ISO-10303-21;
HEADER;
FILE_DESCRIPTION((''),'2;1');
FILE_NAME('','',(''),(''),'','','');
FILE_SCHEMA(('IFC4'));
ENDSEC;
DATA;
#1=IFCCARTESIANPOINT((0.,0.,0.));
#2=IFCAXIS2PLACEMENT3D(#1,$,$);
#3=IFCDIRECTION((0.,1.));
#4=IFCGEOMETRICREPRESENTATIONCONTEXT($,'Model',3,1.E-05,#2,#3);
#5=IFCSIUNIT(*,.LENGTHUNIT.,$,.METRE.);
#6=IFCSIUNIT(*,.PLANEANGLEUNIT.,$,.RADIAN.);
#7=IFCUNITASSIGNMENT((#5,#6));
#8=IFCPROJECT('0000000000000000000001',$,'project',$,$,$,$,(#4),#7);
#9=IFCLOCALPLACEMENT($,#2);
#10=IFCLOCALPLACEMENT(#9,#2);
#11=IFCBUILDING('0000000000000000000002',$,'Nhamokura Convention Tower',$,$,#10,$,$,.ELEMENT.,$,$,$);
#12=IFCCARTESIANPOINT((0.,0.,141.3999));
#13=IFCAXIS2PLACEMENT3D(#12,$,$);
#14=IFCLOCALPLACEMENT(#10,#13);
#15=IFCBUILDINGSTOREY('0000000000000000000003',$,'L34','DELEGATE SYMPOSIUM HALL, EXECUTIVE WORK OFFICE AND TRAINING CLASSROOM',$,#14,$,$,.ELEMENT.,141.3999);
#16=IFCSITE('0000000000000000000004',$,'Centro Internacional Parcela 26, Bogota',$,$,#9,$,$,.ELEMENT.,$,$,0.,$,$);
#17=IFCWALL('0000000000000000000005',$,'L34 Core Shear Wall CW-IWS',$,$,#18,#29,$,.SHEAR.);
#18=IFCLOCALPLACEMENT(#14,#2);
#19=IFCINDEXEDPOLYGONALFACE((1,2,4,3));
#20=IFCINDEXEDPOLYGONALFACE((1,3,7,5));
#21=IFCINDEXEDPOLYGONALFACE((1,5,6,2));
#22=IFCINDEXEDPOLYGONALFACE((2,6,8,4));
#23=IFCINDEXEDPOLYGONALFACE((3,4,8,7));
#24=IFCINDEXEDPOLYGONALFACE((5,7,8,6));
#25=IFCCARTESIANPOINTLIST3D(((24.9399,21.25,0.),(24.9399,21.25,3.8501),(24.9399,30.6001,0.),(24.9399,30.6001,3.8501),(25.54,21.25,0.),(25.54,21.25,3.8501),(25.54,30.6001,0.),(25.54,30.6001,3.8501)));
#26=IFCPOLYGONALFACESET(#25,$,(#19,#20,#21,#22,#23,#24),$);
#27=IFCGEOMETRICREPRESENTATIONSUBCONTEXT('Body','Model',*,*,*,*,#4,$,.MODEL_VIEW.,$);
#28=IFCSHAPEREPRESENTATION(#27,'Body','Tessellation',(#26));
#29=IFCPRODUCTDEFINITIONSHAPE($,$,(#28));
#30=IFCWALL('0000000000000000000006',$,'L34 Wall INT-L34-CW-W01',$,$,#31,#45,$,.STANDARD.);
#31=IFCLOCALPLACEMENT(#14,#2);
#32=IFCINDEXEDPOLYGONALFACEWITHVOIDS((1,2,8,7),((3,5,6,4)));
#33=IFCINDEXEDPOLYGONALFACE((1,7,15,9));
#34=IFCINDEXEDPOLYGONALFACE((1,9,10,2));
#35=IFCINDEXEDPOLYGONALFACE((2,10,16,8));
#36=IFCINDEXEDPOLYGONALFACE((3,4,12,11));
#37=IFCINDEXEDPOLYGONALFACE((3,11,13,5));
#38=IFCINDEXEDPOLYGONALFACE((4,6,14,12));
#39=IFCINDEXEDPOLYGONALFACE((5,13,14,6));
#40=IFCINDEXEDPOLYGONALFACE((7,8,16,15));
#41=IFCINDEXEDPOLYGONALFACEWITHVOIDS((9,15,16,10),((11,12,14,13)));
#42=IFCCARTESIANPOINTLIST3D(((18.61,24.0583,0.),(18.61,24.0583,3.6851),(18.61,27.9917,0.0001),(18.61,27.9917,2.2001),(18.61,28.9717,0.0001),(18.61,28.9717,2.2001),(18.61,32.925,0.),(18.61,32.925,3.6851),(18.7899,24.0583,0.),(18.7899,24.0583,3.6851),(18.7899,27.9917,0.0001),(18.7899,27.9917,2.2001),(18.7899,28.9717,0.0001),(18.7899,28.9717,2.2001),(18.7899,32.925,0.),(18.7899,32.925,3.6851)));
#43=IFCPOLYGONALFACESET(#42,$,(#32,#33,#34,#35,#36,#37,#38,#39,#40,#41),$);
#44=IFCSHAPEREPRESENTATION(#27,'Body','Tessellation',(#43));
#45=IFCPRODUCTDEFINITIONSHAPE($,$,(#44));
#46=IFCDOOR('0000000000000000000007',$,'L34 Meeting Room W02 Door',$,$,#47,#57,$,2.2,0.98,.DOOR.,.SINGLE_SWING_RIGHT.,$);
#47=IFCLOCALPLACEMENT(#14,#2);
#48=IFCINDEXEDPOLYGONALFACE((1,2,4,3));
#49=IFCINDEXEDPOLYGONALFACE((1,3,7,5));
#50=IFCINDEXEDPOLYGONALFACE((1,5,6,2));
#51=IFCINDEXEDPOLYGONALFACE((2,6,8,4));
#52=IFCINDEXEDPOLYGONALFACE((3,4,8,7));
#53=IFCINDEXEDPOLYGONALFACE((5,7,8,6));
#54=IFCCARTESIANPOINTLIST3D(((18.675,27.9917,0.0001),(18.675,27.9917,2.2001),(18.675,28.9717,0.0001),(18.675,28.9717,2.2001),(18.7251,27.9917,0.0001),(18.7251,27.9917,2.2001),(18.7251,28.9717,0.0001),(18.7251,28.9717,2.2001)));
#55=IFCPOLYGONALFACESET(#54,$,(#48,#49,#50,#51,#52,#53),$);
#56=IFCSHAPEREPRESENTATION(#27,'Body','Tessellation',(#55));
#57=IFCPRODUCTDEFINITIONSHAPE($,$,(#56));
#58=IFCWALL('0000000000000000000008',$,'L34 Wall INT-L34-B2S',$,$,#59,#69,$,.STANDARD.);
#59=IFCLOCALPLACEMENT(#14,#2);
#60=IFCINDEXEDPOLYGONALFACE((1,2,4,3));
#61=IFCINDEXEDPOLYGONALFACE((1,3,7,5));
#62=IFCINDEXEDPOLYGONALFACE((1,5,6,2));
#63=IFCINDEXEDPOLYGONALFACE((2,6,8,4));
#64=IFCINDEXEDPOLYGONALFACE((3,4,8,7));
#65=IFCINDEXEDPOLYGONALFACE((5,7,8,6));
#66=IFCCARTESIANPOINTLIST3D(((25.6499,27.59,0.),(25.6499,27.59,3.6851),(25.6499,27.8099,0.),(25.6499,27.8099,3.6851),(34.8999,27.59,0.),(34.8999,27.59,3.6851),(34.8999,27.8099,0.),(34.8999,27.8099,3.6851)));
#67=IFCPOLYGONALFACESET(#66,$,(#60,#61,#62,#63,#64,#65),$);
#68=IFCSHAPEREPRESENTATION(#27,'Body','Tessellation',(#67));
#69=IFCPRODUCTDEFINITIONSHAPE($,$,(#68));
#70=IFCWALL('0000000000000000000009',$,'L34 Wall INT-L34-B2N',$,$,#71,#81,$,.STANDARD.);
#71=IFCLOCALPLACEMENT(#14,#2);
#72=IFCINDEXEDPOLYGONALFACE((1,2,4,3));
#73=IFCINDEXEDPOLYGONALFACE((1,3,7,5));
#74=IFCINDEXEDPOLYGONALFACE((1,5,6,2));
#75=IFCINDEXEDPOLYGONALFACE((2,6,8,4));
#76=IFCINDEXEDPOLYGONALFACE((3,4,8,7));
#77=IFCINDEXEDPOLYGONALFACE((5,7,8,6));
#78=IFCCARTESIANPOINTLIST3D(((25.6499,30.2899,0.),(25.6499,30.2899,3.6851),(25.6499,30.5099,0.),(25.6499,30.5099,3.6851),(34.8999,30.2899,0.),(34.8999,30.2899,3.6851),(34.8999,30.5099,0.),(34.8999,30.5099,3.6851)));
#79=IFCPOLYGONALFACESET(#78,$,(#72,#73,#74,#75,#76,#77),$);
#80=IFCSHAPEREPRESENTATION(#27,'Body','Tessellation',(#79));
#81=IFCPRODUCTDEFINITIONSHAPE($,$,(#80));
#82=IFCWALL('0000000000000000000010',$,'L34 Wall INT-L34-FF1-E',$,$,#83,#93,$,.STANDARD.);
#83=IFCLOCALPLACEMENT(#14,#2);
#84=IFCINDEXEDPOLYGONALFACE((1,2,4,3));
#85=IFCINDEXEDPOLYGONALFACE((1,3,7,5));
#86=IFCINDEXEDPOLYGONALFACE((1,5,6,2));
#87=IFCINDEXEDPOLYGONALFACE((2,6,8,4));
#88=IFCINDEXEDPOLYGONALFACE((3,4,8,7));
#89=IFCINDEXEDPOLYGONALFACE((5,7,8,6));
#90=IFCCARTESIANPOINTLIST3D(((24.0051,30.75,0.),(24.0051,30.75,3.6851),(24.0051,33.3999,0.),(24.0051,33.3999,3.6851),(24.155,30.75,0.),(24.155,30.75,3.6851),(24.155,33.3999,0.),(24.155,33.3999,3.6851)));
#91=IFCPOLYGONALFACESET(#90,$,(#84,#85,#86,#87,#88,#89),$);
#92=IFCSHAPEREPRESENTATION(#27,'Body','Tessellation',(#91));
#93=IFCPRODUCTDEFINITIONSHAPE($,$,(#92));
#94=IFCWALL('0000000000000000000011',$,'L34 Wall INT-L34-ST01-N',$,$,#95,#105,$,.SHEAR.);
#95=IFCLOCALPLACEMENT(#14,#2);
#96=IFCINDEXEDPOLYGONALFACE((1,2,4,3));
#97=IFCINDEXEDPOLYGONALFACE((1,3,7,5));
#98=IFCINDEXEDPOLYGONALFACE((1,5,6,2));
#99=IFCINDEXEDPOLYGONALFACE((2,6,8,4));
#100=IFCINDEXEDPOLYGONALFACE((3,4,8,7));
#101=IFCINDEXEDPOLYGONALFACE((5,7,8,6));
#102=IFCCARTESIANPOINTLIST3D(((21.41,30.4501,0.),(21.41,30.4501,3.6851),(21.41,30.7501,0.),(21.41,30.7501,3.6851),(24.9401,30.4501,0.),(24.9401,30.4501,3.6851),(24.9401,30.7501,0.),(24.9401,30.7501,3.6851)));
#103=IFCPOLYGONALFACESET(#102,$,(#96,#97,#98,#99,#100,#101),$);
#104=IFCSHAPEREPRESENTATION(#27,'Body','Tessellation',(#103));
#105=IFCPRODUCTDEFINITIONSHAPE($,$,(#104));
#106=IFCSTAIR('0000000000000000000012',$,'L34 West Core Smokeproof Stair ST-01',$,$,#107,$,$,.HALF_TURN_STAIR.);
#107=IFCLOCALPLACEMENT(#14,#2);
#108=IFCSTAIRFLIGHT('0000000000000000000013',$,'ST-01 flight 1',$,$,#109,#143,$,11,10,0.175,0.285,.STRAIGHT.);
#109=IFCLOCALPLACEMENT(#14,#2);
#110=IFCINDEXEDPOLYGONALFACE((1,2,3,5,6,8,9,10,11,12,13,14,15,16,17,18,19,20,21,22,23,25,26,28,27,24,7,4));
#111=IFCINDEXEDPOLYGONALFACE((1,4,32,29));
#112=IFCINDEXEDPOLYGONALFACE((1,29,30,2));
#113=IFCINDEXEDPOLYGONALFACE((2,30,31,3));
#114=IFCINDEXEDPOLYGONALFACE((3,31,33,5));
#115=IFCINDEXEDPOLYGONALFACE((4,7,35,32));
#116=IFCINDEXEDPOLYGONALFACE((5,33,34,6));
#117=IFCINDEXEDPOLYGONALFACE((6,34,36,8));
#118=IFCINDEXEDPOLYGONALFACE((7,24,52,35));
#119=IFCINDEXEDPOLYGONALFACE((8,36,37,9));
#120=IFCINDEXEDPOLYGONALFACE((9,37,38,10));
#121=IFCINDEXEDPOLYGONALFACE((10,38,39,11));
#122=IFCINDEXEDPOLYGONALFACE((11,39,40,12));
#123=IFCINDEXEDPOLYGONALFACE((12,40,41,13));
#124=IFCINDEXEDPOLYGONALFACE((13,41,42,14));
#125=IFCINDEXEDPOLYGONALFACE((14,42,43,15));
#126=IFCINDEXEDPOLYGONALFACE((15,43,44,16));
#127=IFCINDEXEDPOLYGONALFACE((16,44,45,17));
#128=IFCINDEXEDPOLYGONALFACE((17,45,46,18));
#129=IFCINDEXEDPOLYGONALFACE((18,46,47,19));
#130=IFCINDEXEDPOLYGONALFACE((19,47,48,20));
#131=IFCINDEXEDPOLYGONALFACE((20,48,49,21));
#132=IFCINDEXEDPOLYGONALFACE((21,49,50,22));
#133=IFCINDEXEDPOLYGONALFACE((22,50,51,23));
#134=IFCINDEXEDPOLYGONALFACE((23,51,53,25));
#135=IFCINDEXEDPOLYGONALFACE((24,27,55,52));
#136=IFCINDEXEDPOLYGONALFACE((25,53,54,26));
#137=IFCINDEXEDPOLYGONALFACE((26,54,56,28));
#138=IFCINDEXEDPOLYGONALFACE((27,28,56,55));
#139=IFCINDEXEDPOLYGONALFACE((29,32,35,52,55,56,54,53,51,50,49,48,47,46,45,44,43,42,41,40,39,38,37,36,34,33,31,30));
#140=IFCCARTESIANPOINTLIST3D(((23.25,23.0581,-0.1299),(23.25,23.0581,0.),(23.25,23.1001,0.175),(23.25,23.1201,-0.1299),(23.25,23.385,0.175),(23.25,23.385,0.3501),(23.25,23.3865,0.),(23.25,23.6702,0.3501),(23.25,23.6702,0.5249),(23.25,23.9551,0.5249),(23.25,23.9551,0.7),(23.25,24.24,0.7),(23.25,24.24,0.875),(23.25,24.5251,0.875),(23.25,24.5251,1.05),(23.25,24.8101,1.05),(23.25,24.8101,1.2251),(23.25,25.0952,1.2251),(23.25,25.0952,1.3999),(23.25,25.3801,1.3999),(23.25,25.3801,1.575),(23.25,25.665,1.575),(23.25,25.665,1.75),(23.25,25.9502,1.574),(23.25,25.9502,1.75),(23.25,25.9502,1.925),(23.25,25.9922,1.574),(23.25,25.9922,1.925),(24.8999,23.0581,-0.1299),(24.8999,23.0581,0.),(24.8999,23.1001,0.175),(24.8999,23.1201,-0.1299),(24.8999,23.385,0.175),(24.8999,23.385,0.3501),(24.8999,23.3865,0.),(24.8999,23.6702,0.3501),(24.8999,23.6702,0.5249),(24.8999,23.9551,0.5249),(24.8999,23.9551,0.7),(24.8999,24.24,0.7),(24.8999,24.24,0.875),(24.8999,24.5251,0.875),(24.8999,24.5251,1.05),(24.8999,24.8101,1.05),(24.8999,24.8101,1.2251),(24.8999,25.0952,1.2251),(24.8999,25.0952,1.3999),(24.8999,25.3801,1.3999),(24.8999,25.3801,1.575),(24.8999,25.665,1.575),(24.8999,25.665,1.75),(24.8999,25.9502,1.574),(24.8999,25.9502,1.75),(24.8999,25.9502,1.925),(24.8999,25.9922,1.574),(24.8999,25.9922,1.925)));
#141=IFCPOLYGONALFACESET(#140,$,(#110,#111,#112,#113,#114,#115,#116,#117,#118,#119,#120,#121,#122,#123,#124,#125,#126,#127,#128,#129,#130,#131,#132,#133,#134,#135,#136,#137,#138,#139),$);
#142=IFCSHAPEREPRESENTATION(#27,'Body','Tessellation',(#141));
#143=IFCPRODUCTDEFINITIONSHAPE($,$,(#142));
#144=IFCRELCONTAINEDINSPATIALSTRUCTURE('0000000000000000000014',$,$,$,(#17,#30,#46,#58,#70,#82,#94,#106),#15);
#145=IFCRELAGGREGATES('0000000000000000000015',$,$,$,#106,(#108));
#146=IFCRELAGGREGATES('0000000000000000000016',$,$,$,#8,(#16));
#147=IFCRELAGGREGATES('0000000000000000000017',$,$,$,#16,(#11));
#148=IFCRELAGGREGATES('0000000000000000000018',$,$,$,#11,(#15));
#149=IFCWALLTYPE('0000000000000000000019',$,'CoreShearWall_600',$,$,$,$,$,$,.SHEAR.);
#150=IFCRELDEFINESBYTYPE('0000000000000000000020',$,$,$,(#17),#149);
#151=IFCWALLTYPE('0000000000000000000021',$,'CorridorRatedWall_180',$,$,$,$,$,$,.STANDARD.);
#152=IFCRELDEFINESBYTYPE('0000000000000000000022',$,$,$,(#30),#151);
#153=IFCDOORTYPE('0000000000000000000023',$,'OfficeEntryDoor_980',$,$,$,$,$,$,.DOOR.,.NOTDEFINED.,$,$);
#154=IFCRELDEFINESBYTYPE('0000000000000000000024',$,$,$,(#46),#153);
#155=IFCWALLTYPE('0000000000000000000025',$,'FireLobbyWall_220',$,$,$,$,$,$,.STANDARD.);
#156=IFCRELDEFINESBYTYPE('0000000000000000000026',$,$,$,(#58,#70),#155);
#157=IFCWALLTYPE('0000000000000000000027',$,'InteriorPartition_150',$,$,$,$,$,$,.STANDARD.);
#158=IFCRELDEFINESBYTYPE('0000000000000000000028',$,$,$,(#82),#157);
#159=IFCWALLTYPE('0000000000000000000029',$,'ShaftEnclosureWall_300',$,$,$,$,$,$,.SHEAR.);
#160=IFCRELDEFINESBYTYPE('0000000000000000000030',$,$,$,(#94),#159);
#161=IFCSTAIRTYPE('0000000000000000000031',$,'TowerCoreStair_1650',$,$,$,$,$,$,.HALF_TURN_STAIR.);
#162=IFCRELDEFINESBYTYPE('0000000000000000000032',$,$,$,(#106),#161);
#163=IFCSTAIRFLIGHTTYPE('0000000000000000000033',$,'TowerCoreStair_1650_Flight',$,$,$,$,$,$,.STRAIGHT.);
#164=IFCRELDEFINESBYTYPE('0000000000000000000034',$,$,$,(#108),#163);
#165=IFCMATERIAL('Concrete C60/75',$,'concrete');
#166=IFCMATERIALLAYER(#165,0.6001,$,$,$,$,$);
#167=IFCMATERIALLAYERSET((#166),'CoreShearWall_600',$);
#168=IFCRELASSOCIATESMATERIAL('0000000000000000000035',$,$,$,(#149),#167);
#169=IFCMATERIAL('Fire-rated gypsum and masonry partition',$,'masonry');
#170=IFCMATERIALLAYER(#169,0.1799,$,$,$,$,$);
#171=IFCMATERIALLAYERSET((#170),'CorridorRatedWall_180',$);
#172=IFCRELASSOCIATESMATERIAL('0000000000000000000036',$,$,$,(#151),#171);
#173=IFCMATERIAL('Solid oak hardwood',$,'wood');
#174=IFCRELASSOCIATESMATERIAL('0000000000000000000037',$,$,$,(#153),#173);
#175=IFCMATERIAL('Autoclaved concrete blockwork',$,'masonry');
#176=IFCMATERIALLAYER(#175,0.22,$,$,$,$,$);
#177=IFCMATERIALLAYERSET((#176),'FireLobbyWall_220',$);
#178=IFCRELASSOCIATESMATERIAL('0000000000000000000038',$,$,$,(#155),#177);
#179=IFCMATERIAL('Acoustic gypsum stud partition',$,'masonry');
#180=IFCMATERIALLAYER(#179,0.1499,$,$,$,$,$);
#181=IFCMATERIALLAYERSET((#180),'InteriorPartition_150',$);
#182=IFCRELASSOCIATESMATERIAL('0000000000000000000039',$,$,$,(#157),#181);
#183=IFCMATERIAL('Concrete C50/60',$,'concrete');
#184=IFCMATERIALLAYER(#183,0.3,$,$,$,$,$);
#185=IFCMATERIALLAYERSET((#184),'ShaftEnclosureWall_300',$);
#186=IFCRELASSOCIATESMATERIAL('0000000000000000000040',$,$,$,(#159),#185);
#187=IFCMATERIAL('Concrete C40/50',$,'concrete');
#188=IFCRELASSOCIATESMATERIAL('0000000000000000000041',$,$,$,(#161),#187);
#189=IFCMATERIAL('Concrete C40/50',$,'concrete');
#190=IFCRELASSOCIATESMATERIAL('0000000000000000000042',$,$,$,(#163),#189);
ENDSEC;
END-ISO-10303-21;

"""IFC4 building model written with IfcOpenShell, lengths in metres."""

from ifc_helpers import new_model, si_unit, direction, frame, frame_2d, origin, place, context, subcontext, project, spatial, polyline, rectangle, outline, extrude, material, layer, layer_set, type_object, element, fill, aggregate, save


model = new_model("IFC4")

# Units and contexts
model_context = context("Model", 3, precision=1e-05, world=origin(), true_north=direction((0.0, 1.0)))
body_context = subcontext(model_context, "Body", "Model", "MODEL_VIEW")
ifc_project = project(units=[si_unit("LENGTHUNIT", "METRE"), si_unit("PLANEANGLEUNIT", "RADIAN")], contexts=[model_context])

# Site, building, storey
site_placement = place(None, origin())
site = spatial("IfcSite", under=ifc_project, at=site_placement, Name="Centro Internacional Parcela 26, Bogota", CompositionType="ELEMENT", RefElevation=0.0)
building_placement = place(site_placement, origin())
building = spatial("IfcBuilding", under=site, at=building_placement, Name="Nhamokura Convention Tower", CompositionType="ELEMENT")
storey_placement = place(building_placement, frame((0.0, 0.0, 141.3999)))
storey = spatial("IfcBuildingStorey", under=building, at=storey_placement, Name="L34", Description="DELEGATE SYMPOSIUM HALL, EXECUTIVE WORK OFFICE AND TRAINING CLASSROOM", CompositionType="ELEMENT", Elevation=141.3999)

# Shared definitions
ifc_material_1 = material(Name="Concrete C60/75", Category="concrete")
ifc_layer_1 = layer(ifc_material_1, 0.6001)
ifc_layer_set_1 = layer_set([ifc_layer_1], Name="CoreShearWall_600")
wall_type_1 = type_object("IfcWallType", Name="CoreShearWall_600", PredefinedType="SHEAR", material=ifc_layer_set_1)

# Wall
wall_1_placement = place(storey_placement, frame((25.24, 21.25, 0.0), z_axis=(0.0, 0.0, 1.0), x_axis=(0.0, 1.0, 0.0)))
element("IfcWall", 1, at=wall_1_placement, inside=storey, type_object=wall_type_1, Name="L34 Core Shear Wall CW-IWS", PredefinedType="SHEAR", context=body_context, shape_type="SweptSolid", body=[
    extrude(rectangle(XDim=9.3501, YDim=0.6001, at=frame_2d((4.675, 0.0))), origin(), (0.0, 0.0, 1.0), 3.8501),
])

# Wall, opening, door
ifc_material_2 = material(Name="Fire-rated gypsum and masonry partition", Category="masonry")
ifc_layer_2 = layer(ifc_material_2, 0.1799)
ifc_layer_set_2 = layer_set([ifc_layer_2], Name="CorridorRatedWall_180")
wall_type_2 = type_object("IfcWallType", Name="CorridorRatedWall_180", PredefinedType="STANDARD", material=ifc_layer_set_2)
wall_2_placement = place(storey_placement, frame((18.7, 24.0583, 0.0), z_axis=(0.0, 0.0, 1.0), x_axis=(0.0, 1.0, 0.0)))
wall_2 = element("IfcWall", 2, at=wall_2_placement, inside=storey, type_object=wall_type_2, Name="L34 Wall INT-L34-CW-W01", PredefinedType="STANDARD", context=body_context, shape_type="SweptSolid", body=[
    extrude(rectangle(XDim=8.8667, YDim=0.1799, at=frame_2d((4.4333, 0.0))), origin(), (0.0, 0.0, 1.0), 3.6851),
])
opening_1_placement = place(wall_2_placement, frame((3.9333, 0.0, 0.0)))
opening_1 = element("IfcOpeningElement", 3, at=opening_1_placement, cuts=wall_2, PredefinedType="OPENING", context=body_context, shape_type="SweptSolid", body=[
    extrude(rectangle(XDim=0.98, YDim=2.2, at=frame_2d((0.49, 1.1001))), frame((0.0, 0.0999, 0.0), z_axis=(0.0, -1.0, 0.0), x_axis=(1.0, 0.0, 0.0)), (0.0, 0.0, 1.0), 0.2),
])
ifc_material_3 = material(Name="Solid oak hardwood", Category="wood")
door_type_1 = type_object("IfcDoorType", Name="OfficeEntryDoor_980", OperationType="NOTDEFINED", PredefinedType="DOOR", material=ifc_material_3)
door_1_placement = place(opening_1_placement, origin())
door_1 = element("IfcDoor", 4, at=door_1_placement, inside=storey, type_object=door_type_1, Name="L34 Meeting Room W02 Door", OperationType="SINGLE_SWING_RIGHT", OverallHeight=2.2, OverallWidth=0.98, PredefinedType="DOOR", context=body_context, shape_type="SweptSolid", body=[
    extrude(rectangle(XDim=0.98, YDim=2.2, at=frame_2d((0.49, 1.1001))), frame((0.0, 0.0249, 0.0), z_axis=(0.0, -1.0, 0.0), x_axis=(1.0, 0.0, 0.0)), (0.0, 0.0, 1.0), 0.05),
])
fill(opening_1, door_1)

# Shared definitions
ifc_material_4 = material(Name="Autoclaved concrete blockwork", Category="masonry")
ifc_layer_3 = layer(ifc_material_4, 0.22)
ifc_layer_set_3 = layer_set([ifc_layer_3], Name="FireLobbyWall_220")
wall_type_3 = type_object("IfcWallType", Name="FireLobbyWall_220", PredefinedType="STANDARD", material=ifc_layer_set_3)

# Walls
for number, where, z_axis, x_axis, name in (
    (5, (25.6499, 27.7, 0.0), (0.0, 0.0, 1.0), (1.0, 0.0, 0.0), "L34 Wall INT-L34-B2S"),
    (6, (25.6499, 30.3999, 0.0), (0.0, 0.0, 1.0), (1.0, 0.0, 0.0), "L34 Wall INT-L34-B2N"),
):
    element("IfcWall", number, at=place(storey_placement, frame(where, z_axis=z_axis, x_axis=x_axis)), inside=storey, type_object=wall_type_3, Name=name, PredefinedType="STANDARD", context=body_context, shape_type="SweptSolid", body=[
        extrude(rectangle(XDim=9.25, YDim=0.22, at=frame_2d((4.625, 0.0))), origin(), (0.0, 0.0, 1.0), 3.6851),
    ])
ifc_material_5 = material(Name="Acoustic gypsum stud partition", Category="masonry")
ifc_layer_4 = layer(ifc_material_5, 0.1499)
ifc_layer_set_4 = layer_set([ifc_layer_4], Name="InteriorPartition_150")
wall_type_4 = type_object("IfcWallType", Name="InteriorPartition_150", PredefinedType="STANDARD", material=ifc_layer_set_4)
wall_3_placement = place(storey_placement, frame((24.0801, 30.75, 0.0), z_axis=(0.0, 0.0, 1.0), x_axis=(0.0, 1.0, 0.0)))
element("IfcWall", 7, at=wall_3_placement, inside=storey, type_object=wall_type_4, Name="L34 Wall INT-L34-FF1-E", PredefinedType="STANDARD", context=body_context, shape_type="SweptSolid", body=[
    extrude(rectangle(XDim=2.6499, YDim=0.1499, at=frame_2d((1.325, 0.0))), origin(), (0.0, 0.0, 1.0), 3.6851),
])
ifc_material_6 = material(Name="Concrete C50/60", Category="concrete")
ifc_layer_5 = layer(ifc_material_6, 0.3)
ifc_layer_set_5 = layer_set([ifc_layer_5], Name="ShaftEnclosureWall_300")
wall_type_5 = type_object("IfcWallType", Name="ShaftEnclosureWall_300", PredefinedType="SHEAR", material=ifc_layer_set_5)
wall_4_placement = place(storey_placement, frame((21.4099, 30.6001, 0.0), z_axis=(0.0, 0.0, 1.0), x_axis=(1.0, 0.0, 0.0)))
element("IfcWall", 8, at=wall_4_placement, inside=storey, type_object=wall_type_5, Name="L34 Wall INT-L34-ST01-N", PredefinedType="SHEAR", context=body_context, shape_type="SweptSolid", body=[
    extrude(rectangle(XDim=3.53, YDim=0.3, at=frame_2d((1.7651, 0.0))), origin(), (0.0, 0.0, 1.0), 3.6851),
])

# Stair, stair flight
ifc_material_7 = material(Name="Concrete C40/50", Category="concrete")
stair_type = type_object("IfcStairType", Name="TowerCoreStair_1650", PredefinedType="HALF_TURN_STAIR", material=ifc_material_7)
stair_placement = place(storey_placement, origin())
stair = element("IfcStair", 9, at=stair_placement, inside=storey, type_object=stair_type, Name="L34 West Core Smokeproof Stair ST-01", PredefinedType="HALF_TURN_STAIR")
ifc_material_8 = material(Name="Concrete C40/50", Category="concrete")
stair_flight_type = type_object("IfcStairFlightType", Name="TowerCoreStair_1650_Flight", PredefinedType="STRAIGHT", material=ifc_material_8)
stair_flight_1_placement = place(storey_placement, frame((24.075, 23.1001, 0.0), z_axis=(0.0, 0.0, 1.0), x_axis=(0.0, 1.0, 0.0)))
stair_flight_1 = element("IfcStairFlight", 10, at=stair_flight_1_placement, type_object=stair_flight_type, Name="ST-01 flight 1", NumberOfRisers=11, NumberOfTreads=10, PredefinedType="STRAIGHT", RiserHeight=0.175, TreadLength=0.285, context=body_context, shape_type="SweptSolid", body=[
    extrude(outline(polyline([(-0.042, 0.0), (0.0, 0.175), (0.2849, 0.175), (0.2849, 0.3501), (0.5701, 0.3501), (0.5701, 0.5249), (0.855, 0.5249), (0.855, 0.7), (1.1399, 0.7), (1.1399, 0.875), (1.425, 0.875), (1.425, 1.05), (1.71, 1.05), (1.71, 1.2251), (1.9951, 1.2251), (1.9951, 1.3999), (2.28, 1.3999), (2.28, 1.575), (2.5649, 1.575), (2.5649, 1.75), (2.8501, 1.75), (2.8501, 1.925), (2.8921, 1.925), (2.8921, 1.574), (2.8501, 1.574), (0.2864, 0.0), (0.02, -0.1299), (-0.042, -0.1299), (-0.042, 0.0)])), frame((0.0, 0.825, 0.0), z_axis=(0.0, -1.0, 0.0), x_axis=(1.0, 0.0, 0.0)), (0.0, 0.0, 1.0), 1.6499),
])
aggregate(stair, [stair_flight_1])

save(model, "model.ifc")
